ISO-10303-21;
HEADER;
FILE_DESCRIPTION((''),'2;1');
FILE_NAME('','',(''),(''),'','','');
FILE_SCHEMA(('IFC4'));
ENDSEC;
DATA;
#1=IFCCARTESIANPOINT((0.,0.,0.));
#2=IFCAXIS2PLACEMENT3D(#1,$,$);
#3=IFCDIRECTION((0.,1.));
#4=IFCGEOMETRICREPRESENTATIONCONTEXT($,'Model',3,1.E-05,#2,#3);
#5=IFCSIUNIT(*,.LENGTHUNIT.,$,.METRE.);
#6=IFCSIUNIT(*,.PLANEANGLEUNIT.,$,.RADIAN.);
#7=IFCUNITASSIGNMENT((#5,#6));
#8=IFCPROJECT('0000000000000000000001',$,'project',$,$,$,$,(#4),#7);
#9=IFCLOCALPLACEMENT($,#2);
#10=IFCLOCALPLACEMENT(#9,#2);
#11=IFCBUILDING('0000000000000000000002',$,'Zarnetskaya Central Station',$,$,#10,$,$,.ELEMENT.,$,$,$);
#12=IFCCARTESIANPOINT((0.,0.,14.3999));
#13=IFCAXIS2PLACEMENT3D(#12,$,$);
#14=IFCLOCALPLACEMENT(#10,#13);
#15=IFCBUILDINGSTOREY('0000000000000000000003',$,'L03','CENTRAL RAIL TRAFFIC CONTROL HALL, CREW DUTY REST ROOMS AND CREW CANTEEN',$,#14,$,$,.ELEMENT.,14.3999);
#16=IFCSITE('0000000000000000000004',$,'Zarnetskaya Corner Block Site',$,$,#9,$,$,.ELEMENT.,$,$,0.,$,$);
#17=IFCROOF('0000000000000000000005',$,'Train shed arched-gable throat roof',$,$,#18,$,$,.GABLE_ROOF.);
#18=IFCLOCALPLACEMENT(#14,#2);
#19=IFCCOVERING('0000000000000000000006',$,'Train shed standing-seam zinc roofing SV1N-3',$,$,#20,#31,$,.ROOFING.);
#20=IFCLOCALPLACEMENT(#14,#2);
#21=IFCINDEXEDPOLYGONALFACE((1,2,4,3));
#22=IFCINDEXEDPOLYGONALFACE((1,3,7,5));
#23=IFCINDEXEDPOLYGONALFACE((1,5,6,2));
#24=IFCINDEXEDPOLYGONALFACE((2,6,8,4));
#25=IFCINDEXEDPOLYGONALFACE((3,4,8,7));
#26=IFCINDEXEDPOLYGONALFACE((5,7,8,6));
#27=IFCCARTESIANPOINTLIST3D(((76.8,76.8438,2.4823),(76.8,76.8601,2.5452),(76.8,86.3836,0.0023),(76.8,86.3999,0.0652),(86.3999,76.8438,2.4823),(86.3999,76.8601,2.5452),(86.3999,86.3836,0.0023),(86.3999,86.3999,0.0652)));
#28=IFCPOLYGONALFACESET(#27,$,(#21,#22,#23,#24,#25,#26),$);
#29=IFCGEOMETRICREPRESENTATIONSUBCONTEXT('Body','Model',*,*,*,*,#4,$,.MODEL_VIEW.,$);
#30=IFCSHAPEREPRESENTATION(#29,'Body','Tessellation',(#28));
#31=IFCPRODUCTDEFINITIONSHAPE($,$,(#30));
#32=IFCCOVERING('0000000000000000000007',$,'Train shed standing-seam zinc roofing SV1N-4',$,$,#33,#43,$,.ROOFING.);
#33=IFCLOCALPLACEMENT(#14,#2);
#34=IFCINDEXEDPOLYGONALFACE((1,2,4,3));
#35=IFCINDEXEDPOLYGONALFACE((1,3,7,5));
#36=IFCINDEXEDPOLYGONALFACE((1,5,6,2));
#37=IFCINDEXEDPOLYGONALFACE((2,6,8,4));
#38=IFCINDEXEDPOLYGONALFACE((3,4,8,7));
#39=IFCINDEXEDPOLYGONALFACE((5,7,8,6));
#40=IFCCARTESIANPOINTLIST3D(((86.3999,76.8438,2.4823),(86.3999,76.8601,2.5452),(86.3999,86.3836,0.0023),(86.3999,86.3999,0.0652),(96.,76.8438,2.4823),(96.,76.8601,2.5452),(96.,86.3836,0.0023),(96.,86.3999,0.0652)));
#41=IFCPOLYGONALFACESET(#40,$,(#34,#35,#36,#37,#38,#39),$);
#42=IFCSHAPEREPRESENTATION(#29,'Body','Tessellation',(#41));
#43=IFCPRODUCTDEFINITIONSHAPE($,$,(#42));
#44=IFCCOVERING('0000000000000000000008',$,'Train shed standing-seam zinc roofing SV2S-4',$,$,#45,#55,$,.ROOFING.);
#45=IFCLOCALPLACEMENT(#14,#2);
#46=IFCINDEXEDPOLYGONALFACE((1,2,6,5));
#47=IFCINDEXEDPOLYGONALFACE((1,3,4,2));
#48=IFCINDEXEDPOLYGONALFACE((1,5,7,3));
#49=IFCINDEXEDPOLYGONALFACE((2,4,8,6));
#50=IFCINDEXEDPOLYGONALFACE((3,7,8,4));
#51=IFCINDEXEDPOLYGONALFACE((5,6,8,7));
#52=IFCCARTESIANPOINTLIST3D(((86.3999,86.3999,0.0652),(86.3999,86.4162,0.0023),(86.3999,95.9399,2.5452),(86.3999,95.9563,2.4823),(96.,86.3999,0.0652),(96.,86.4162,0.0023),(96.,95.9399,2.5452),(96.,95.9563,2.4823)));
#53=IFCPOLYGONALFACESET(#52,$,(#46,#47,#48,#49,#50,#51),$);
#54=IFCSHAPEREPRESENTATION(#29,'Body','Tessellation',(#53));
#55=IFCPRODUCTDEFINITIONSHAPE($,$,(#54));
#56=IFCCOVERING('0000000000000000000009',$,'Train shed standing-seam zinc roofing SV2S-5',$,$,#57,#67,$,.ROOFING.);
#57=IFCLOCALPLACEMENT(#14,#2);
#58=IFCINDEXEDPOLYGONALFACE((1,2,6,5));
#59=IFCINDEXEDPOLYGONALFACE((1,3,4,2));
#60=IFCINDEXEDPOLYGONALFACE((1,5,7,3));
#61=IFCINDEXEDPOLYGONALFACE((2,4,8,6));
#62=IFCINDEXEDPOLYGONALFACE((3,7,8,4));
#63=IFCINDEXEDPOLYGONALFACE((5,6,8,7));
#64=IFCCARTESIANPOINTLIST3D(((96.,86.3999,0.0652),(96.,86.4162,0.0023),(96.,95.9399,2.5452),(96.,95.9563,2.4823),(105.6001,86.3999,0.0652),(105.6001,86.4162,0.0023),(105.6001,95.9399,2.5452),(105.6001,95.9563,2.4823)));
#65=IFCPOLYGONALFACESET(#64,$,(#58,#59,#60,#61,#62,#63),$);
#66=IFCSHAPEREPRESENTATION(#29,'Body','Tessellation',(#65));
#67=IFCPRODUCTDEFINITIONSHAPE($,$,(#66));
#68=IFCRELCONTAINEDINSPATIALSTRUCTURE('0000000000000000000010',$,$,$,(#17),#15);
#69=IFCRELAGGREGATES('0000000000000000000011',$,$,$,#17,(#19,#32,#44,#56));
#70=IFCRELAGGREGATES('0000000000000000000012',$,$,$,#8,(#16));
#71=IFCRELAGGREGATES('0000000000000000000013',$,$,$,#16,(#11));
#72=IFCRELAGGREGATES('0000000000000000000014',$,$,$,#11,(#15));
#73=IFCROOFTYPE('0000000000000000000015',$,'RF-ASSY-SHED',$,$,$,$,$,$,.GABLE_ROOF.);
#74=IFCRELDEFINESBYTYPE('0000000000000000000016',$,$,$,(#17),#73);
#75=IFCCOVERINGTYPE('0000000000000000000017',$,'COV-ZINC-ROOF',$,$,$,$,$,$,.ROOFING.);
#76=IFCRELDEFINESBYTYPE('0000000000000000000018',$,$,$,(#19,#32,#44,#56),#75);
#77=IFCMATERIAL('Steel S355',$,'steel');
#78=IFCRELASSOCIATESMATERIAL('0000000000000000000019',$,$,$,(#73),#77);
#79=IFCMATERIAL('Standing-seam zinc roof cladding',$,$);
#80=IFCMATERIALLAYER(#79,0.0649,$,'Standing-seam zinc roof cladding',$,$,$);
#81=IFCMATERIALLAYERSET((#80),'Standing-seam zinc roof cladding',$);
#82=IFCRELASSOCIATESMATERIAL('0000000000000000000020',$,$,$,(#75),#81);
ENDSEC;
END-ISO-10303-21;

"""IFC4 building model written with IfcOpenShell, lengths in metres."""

from ifc_helpers import new_model, si_unit, direction, frame, origin, place, context, subcontext, project, spatial, polyline, outline, extrude, material, layer, layer_set, type_object, element, aggregate, save


model = new_model("IFC4")

# Units and contexts
model_context = context("Model", 3, precision=1e-05, world=origin(), true_north=direction((0.0, 1.0)))
body_context = subcontext(model_context, "Body", "Model", "MODEL_VIEW")
ifc_project = project(units=[si_unit("LENGTHUNIT", "METRE"), si_unit("PLANEANGLEUNIT", "RADIAN")], contexts=[model_context])

# Site, building, storey
site_placement = place(None, origin())
site = spatial("IfcSite", under=ifc_project, at=site_placement, Name="Zarnetskaya Corner Block Site", CompositionType="ELEMENT", RefElevation=0.0)
building_placement = place(site_placement, origin())
building = spatial("IfcBuilding", under=site, at=building_placement, Name="Zarnetskaya Central Station", CompositionType="ELEMENT")
storey_placement = place(building_placement, frame((0.0, 0.0, 14.3999)))
storey = spatial("IfcBuildingStorey", under=building, at=storey_placement, Name="L03", Description="CENTRAL RAIL TRAFFIC CONTROL HALL, CREW DUTY REST ROOMS AND CREW CANTEEN", CompositionType="ELEMENT", Elevation=14.3999)

# Shared definitions
ifc_material_1 = material(Name="Steel S355", Category="steel")

# Roof, coverings
roof_type = type_object("IfcRoofType", Name="RF-ASSY-SHED", PredefinedType="GABLE_ROOF", material=ifc_material_1)
roof_placement = place(storey_placement, origin())
roof = element("IfcRoof", 1, at=roof_placement, inside=storey, type_object=roof_type, Name="Train shed arched-gable throat roof", PredefinedType="GABLE_ROOF")
ifc_material_2 = material(Name="Standing-seam zinc roof cladding")
ifc_layer_1 = layer(ifc_material_2, 0.0649, Name="Standing-seam zinc roof cladding")
ifc_layer_set_1 = layer_set([ifc_layer_1], Name="Standing-seam zinc roof cladding")
covering_type = type_object("IfcCoveringType", Name="COV-ZINC-ROOF", PredefinedType="ROOFING", material=ifc_layer_set_1)
covering_1_placement = place(storey_placement, frame((86.3999, 86.3999, 0.0652), z_axis=(0.0, 0.251599, 0.967832), x_axis=(-1.0, 0.0, 0.0)))
covering_1 = element("IfcCovering", 2, at=covering_1_placement, type_object=covering_type, Name="Train shed standing-seam zinc roofing SV1N-3", PredefinedType="ROOFING", context=body_context, shape_type="SweptSolid", body=[
    extrude(outline(polyline([(0.0, 0.0), (9.5999, 0.0), (9.5999, 9.8569), (0.0, 9.8569), (0.0, 0.0)])), origin(), (0.0, 0.0, -1.0), 0.0649),
])
covering_2_placement = place(storey_placement, frame((96.0, 86.3999, 0.0652), z_axis=(0.0, 0.251599, 0.967832), x_axis=(-1.0, 0.0, 0.0)))
covering_2 = element("IfcCovering", 3, at=covering_2_placement, type_object=covering_type, Name="Train shed standing-seam zinc roofing SV1N-4", PredefinedType="ROOFING", context=body_context, shape_type="SweptSolid", body=[
    extrude(outline(polyline([(0.0, 0.0), (9.6001, 0.0), (9.6001, 9.8569), (0.0, 9.8569), (0.0, 0.0)])), origin(), (0.0, 0.0, -1.0), 0.0649),
])
covering_3_placement = place(storey_placement, frame((86.3999, 86.3999, 0.0652), z_axis=(0.0, -0.251593, 0.967833), x_axis=(1.0, 0.0, 0.0)))
covering_3 = element("IfcCovering", 4, at=covering_3_placement, type_object=covering_type, Name="Train shed standing-seam zinc roofing SV2S-4", PredefinedType="ROOFING", context=body_context, shape_type="SweptSolid", body=[
    extrude(outline(polyline([(0.0, 0.0), (9.6001, 0.0), (9.6001, 9.8571), (0.0, 9.8571), (0.0, 0.0)])), origin(), (0.0, 0.0, -1.0), 0.0649),
])
covering_4_placement = place(storey_placement, frame((96.0, 86.3999, 0.0652), z_axis=(0.0, -0.251593, 0.967833), x_axis=(1.0, 0.0, 0.0)))
covering_4 = element("IfcCovering", 5, at=covering_4_placement, type_object=covering_type, Name="Train shed standing-seam zinc roofing SV2S-5", PredefinedType="ROOFING", context=body_context, shape_type="SweptSolid", body=[
    extrude(outline(polyline([(0.0, 0.0), (9.6001, 0.0), (9.6001, 9.8571), (0.0, 9.8571), (0.0, 0.0)])), origin(), (0.0, 0.0, -1.0), 0.0649),
])
aggregate(roof, [covering_1, covering_2, covering_3, covering_4])

save(model, "model.ifc")
